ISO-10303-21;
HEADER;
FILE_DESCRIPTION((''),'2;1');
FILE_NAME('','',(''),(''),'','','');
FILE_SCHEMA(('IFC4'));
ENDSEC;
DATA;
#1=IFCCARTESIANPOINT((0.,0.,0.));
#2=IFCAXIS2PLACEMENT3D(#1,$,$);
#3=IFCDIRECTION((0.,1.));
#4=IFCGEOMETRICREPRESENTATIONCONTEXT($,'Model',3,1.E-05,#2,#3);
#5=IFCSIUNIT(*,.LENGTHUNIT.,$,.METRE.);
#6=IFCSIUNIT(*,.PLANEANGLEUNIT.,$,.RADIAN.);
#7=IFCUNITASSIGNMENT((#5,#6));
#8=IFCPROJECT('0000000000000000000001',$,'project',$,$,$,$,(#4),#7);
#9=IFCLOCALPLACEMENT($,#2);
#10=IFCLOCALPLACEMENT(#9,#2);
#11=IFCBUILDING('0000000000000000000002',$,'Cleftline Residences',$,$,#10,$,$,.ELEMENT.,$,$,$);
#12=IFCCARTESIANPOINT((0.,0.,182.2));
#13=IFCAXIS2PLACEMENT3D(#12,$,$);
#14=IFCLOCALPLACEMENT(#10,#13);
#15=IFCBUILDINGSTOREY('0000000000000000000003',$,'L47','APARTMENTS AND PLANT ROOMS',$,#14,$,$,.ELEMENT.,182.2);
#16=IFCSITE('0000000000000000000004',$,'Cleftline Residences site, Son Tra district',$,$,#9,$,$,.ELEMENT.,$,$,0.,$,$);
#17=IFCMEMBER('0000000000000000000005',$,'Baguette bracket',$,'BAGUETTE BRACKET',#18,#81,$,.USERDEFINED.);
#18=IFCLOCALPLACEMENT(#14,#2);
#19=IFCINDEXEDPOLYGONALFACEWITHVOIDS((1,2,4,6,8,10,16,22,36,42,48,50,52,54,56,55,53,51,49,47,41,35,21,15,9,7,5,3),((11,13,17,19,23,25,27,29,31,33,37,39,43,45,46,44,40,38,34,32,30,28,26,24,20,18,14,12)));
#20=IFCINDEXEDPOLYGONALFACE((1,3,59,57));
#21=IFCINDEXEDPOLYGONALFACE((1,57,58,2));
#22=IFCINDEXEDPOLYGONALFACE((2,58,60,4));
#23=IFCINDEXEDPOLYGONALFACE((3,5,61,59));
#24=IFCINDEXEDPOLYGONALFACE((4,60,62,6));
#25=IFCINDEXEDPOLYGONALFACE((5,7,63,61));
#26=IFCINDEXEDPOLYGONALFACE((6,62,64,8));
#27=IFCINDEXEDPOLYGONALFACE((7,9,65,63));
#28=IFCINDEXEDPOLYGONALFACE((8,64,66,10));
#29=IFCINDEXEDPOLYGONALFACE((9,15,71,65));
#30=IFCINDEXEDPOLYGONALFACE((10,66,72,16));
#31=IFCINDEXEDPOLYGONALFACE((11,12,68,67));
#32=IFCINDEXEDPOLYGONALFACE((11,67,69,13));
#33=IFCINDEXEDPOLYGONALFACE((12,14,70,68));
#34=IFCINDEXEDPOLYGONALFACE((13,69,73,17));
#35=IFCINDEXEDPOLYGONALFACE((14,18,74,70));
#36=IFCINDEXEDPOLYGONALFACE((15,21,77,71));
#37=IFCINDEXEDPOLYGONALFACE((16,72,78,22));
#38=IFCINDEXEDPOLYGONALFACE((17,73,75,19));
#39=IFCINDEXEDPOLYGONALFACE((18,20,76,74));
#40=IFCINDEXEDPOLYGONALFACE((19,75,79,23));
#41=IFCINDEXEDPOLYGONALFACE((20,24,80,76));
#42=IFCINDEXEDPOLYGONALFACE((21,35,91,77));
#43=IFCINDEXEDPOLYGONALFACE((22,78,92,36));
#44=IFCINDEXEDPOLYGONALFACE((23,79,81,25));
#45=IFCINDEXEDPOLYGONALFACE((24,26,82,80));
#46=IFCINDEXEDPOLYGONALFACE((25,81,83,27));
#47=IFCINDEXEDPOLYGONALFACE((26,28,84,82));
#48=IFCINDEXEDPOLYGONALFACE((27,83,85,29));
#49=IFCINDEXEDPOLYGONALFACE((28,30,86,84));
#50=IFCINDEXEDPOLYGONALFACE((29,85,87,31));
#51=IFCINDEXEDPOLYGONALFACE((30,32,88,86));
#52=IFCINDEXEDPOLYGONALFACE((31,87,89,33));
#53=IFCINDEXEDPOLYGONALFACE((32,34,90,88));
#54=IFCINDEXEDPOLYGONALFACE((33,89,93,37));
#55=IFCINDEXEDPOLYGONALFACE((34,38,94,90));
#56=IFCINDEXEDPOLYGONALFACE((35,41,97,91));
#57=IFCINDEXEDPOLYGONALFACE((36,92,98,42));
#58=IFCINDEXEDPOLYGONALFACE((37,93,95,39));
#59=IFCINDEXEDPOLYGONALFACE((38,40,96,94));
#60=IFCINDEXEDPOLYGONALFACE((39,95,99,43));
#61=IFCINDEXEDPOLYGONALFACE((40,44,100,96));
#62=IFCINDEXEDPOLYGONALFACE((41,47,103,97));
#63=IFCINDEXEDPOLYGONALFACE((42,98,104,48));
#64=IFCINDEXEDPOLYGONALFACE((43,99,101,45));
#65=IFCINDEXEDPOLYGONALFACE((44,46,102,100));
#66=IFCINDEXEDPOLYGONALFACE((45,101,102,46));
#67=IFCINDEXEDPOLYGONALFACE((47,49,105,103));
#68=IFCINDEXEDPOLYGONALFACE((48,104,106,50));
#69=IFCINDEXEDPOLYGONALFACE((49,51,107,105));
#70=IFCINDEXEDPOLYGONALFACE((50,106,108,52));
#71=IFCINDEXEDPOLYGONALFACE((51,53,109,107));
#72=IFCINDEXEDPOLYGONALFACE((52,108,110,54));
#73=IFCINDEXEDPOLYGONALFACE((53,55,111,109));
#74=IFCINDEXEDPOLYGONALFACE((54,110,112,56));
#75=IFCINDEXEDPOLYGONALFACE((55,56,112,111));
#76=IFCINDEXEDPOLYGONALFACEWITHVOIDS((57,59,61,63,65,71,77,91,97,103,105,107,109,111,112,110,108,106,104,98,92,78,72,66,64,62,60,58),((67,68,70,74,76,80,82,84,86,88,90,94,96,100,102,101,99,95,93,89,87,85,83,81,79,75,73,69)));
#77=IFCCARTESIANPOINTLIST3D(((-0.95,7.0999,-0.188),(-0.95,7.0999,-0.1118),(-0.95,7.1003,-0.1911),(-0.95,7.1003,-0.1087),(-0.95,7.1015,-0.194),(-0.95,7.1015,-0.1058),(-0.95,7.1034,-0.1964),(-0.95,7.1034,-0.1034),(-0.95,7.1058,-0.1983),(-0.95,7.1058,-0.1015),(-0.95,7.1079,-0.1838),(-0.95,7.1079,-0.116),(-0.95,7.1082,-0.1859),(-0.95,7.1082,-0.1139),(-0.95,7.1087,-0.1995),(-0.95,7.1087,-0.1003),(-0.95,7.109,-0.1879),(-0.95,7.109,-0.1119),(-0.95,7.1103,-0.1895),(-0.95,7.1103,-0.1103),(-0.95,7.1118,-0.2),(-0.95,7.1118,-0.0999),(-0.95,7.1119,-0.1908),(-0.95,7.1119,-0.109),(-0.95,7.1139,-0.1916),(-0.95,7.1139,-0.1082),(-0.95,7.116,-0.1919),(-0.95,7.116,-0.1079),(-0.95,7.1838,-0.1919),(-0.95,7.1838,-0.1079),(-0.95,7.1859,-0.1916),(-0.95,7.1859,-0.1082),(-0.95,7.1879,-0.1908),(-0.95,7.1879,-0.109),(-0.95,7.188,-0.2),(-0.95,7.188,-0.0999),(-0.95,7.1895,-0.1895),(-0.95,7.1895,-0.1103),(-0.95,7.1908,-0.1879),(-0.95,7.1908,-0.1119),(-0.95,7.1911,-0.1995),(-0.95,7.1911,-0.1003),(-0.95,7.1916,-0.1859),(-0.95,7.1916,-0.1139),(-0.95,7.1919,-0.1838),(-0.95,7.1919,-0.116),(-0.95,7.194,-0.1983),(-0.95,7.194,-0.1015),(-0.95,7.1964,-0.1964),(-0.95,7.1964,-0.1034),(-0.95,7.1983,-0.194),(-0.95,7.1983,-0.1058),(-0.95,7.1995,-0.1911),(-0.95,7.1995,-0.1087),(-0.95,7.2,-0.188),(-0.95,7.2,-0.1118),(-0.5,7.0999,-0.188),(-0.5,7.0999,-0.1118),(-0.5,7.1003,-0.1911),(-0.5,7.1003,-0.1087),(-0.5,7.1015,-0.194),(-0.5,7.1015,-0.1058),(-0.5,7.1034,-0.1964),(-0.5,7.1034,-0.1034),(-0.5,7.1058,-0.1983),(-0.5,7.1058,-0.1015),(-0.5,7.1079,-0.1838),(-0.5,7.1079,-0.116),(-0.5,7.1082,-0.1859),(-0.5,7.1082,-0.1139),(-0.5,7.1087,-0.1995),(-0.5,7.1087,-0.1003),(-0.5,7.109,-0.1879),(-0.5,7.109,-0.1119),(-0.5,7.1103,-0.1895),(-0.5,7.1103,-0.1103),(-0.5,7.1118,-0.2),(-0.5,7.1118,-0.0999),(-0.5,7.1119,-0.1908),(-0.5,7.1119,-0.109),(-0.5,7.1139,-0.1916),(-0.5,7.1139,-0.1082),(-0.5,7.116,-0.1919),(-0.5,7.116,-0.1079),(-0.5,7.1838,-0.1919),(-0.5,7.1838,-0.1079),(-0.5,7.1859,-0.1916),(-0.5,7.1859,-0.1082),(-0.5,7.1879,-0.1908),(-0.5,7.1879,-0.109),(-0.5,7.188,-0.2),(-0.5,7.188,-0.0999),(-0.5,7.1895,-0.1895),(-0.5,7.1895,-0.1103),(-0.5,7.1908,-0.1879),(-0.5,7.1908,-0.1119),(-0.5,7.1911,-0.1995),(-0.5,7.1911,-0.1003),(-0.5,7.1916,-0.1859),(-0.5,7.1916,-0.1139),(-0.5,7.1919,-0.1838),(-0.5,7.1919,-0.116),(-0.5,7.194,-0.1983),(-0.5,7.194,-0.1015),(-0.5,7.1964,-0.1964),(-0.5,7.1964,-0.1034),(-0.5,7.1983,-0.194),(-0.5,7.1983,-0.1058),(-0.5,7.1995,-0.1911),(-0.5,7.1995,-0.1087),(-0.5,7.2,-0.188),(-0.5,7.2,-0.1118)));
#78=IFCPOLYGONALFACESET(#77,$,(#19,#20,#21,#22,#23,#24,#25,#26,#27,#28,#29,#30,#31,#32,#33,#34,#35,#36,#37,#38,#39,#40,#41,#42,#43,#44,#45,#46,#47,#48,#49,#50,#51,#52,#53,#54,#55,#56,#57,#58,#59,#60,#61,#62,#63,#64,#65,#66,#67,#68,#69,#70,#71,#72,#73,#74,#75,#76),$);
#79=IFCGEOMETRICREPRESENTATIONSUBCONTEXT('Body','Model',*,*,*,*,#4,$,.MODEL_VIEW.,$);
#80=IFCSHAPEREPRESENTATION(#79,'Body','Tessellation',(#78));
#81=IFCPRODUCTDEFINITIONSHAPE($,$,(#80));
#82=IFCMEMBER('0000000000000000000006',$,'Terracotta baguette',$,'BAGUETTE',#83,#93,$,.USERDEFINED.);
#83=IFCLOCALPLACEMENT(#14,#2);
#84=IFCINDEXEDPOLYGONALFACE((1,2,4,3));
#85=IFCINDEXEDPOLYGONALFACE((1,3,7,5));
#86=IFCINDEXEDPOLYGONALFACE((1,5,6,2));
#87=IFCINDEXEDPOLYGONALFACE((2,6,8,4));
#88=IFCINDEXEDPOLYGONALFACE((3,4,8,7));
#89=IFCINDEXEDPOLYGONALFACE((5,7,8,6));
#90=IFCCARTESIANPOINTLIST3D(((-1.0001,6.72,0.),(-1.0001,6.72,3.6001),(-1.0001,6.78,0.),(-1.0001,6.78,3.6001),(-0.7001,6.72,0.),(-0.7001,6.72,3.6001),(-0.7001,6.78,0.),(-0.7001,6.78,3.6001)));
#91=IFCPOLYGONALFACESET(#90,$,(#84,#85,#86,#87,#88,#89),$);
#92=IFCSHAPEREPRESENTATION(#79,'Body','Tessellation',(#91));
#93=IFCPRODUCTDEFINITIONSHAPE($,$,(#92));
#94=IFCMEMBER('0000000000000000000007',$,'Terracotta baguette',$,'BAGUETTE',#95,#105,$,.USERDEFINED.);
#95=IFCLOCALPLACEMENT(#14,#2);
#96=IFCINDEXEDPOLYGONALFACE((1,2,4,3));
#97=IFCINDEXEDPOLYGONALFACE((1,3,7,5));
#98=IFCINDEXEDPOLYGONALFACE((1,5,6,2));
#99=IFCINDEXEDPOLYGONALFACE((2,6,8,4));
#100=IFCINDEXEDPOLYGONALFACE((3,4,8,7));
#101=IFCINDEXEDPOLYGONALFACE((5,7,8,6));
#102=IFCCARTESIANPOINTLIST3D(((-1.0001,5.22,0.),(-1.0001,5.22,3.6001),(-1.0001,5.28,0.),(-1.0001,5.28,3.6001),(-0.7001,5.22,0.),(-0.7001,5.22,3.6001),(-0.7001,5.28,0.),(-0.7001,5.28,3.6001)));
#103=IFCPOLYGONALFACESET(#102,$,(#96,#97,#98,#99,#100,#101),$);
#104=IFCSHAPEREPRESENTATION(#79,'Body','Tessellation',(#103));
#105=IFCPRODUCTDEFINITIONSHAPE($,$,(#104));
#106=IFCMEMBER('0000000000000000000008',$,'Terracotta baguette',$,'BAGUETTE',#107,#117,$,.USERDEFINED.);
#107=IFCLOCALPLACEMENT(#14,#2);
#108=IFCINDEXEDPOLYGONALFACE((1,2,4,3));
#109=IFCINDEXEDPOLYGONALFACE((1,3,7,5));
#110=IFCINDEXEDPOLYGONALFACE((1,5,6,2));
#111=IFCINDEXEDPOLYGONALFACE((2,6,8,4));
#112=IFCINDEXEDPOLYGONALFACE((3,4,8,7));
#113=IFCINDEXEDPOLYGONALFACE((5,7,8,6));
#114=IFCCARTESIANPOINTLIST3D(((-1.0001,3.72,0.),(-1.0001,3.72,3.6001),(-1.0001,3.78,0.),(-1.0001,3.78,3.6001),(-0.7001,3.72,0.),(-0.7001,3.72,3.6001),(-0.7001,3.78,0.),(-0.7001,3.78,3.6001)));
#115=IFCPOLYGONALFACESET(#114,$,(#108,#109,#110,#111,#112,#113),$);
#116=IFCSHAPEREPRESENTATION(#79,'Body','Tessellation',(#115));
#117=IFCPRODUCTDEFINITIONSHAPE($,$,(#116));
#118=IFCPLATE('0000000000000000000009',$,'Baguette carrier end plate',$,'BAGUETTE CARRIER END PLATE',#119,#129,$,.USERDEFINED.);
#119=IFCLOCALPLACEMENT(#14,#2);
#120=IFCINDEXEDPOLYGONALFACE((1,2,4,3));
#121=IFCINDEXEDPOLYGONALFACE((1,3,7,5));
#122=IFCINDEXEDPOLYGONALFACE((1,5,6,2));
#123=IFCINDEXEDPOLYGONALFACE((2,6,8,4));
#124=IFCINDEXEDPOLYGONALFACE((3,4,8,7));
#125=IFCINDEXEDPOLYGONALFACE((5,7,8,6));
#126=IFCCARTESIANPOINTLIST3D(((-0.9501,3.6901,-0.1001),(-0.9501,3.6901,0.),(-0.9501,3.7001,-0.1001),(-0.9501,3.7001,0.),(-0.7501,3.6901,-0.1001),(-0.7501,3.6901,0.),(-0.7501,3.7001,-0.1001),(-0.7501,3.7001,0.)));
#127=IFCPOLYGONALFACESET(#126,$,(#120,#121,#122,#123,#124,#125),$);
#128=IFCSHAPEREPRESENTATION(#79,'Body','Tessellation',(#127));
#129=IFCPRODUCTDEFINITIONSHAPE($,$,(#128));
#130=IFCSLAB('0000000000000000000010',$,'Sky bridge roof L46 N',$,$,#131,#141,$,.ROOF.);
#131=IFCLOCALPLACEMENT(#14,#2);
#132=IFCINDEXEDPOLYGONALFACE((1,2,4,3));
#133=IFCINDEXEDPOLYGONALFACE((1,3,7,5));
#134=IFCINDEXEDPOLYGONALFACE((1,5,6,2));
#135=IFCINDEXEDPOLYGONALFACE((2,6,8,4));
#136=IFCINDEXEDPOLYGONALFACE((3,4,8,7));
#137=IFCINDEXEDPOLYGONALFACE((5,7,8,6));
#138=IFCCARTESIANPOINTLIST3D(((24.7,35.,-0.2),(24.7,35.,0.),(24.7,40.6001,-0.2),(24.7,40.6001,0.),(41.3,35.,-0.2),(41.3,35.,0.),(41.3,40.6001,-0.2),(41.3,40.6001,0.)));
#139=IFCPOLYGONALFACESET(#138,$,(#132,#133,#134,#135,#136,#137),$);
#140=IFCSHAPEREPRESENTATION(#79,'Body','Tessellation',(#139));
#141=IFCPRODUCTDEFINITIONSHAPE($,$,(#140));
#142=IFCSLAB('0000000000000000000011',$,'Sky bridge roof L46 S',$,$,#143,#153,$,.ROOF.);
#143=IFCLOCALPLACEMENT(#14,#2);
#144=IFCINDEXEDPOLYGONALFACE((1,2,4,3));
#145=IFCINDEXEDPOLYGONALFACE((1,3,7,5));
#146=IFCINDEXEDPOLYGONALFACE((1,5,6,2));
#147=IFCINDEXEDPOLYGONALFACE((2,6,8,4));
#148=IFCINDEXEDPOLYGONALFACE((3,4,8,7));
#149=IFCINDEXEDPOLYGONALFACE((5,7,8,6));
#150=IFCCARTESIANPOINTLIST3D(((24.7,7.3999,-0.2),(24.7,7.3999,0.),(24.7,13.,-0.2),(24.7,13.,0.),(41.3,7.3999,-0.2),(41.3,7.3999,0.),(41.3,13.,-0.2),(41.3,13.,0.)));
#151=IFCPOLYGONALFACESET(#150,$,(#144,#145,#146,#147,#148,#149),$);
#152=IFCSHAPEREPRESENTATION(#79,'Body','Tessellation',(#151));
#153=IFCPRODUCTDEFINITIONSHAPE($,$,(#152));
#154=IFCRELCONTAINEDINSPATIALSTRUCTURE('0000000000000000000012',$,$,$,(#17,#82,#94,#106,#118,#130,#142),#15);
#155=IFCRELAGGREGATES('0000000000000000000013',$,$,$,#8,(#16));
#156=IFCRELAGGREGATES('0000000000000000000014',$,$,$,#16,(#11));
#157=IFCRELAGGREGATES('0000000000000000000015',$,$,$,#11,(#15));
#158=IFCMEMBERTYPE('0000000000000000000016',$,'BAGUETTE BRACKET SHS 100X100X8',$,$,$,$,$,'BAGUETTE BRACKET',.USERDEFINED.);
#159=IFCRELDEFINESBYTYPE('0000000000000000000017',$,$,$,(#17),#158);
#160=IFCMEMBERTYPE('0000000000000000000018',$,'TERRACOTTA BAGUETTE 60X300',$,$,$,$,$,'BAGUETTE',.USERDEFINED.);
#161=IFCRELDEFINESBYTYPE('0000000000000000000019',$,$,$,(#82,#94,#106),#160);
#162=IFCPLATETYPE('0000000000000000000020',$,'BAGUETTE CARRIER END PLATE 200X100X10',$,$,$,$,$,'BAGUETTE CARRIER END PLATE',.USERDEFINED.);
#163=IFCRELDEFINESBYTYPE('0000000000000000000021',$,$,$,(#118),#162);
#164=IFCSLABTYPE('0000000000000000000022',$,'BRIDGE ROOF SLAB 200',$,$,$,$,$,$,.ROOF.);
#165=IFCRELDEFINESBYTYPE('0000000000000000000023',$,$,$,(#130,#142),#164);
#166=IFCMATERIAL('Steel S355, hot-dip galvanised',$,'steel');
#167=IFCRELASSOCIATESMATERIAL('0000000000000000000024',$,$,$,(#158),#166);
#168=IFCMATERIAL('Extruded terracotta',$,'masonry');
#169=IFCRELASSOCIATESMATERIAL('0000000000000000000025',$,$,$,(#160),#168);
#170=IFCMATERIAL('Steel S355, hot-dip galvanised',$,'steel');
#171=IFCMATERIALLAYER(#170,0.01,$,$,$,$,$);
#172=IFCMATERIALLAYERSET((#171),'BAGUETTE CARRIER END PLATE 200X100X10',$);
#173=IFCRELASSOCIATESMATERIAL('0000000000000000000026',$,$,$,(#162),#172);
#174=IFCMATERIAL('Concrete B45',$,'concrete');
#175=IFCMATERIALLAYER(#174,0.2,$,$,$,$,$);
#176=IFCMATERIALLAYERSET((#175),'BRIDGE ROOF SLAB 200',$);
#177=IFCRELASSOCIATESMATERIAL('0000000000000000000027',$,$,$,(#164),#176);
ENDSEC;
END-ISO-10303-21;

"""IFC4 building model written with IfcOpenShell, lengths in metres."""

from ifc_helpers import new_model, si_unit, direction, frame, origin, origin_2d, place, context, subcontext, project, spatial, polyline, rectangle, hollow_rectangle, outline, extrude, material, layer, layer_set, material_profile, profile_set, type_object, element, save


model = new_model("IFC4")

# Units and contexts
model_context = context("Model", 3, precision=1e-05, world=origin(), true_north=direction((0.0, 1.0)))
body_context = subcontext(model_context, "Body", "Model", "MODEL_VIEW")
ifc_project = project(units=[si_unit("LENGTHUNIT", "METRE"), si_unit("PLANEANGLEUNIT", "RADIAN")], contexts=[model_context])

# Site, building, storey
site_placement = place(None, origin())
site = spatial("IfcSite", under=ifc_project, at=site_placement, Name="Cleftline Residences site, Son Tra district", CompositionType="ELEMENT", RefElevation=0.0)
building_placement = place(site_placement, origin())
building = spatial("IfcBuilding", under=site, at=building_placement, Name="Cleftline Residences", CompositionType="ELEMENT")
storey_placement = place(building_placement, frame((0.0, 0.0, 182.2)))
storey = spatial("IfcBuildingStorey", under=building, at=storey_placement, Name="L47", Description="APARTMENTS AND PLANT ROOMS", CompositionType="ELEMENT", Elevation=182.2)

# Members
ifc_material_1 = material(Name="Steel S355, hot-dip galvanised", Category="steel")
ifc_material_profile_1 = material_profile(ifc_material_1, hollow_rectangle(XDim=0.1001, YDim=0.1001, WallThickness=0.0081, InnerFilletRadius=0.0081, OuterFilletRadius=0.012, at=origin_2d()))
ifc_profile_set_1 = profile_set([ifc_material_profile_1], Name="Steel S355, hot-dip galvanised")
member_type_1 = type_object("IfcMemberType", Name="BAGUETTE BRACKET SHS 100X100X8", ElementType="BAGUETTE BRACKET", PredefinedType="USERDEFINED", material=ifc_profile_set_1)
member_placement = place(storey_placement, frame((-0.5, 7.1499, -0.1499), z_axis=(-1.0, 0.0, 0.0), x_axis=(0.0, -1.0, 0.0)))
element("IfcMember", 1, at=member_placement, inside=storey, type_object=member_type_1, Name="Baguette bracket", ObjectType="BAGUETTE BRACKET", PredefinedType="USERDEFINED", context=body_context, shape_type="SweptSolid", body=[
    extrude(hollow_rectangle(XDim=0.1001, YDim=0.1001, WallThickness=0.0081, InnerFilletRadius=0.0081, OuterFilletRadius=0.012, at=origin_2d()), origin(), (0.0, 0.0, 1.0), 0.45),
])
ifc_material_2 = material(Name="Extruded terracotta", Category="masonry")
ifc_material_profile_2 = material_profile(ifc_material_2, rectangle(XDim=0.0601, YDim=0.3, at=origin_2d()))
ifc_profile_set_2 = profile_set([ifc_material_profile_2], Name="Extruded terracotta")
member_type_2 = type_object("IfcMemberType", Name="TERRACOTTA BAGUETTE 60X300", ElementType="BAGUETTE", PredefinedType="USERDEFINED", material=ifc_profile_set_2)
for number, where, z_axis, x_axis, name in (
    (2, (-0.8501, 6.75, 0.0), (0.0, 0.0, 1.0), (0.0, 1.0, 0.0), "Terracotta baguette"),
    (3, (-0.8501, 5.25, 0.0), (0.0, 0.0, 1.0), (0.0, 1.0, 0.0), "Terracotta baguette"),
    (4, (-0.8501, 3.75, 0.0), (0.0, 0.0, 1.0), (0.0, 1.0, 0.0), "Terracotta baguette"),
):
    element("IfcMember", number, at=place(storey_placement, frame(where, z_axis=z_axis, x_axis=x_axis)), inside=storey, type_object=member_type_2, Name=name, ObjectType="BAGUETTE", PredefinedType="USERDEFINED", context=body_context, shape_type="SweptSolid", body=[
        extrude(rectangle(XDim=0.0601, YDim=0.3, at=origin_2d()), origin(), (0.0, 0.0, 1.0), 3.6001),
    ])

# Plate
ifc_material_3 = material(Name="Steel S355, hot-dip galvanised", Category="steel")
ifc_layer_1 = layer(ifc_material_3, 0.01)
ifc_layer_set_1 = layer_set([ifc_layer_1], Name="BAGUETTE CARRIER END PLATE 200X100X10")
plate_type = type_object("IfcPlateType", Name="BAGUETTE CARRIER END PLATE 200X100X10", ElementType="BAGUETTE CARRIER END PLATE", PredefinedType="USERDEFINED", material=ifc_layer_set_1)
plate_placement = place(storey_placement, frame((-0.8501, 3.6951, -0.1001), z_axis=(0.0, 0.0, 1.0), x_axis=(-1.0, 0.0, 0.0)))
element("IfcPlate", 5, at=plate_placement, inside=storey, type_object=plate_type, Name="Baguette carrier end plate", ObjectType="BAGUETTE CARRIER END PLATE", PredefinedType="USERDEFINED", context=body_context, shape_type="SweptSolid", body=[
    extrude(rectangle(XDim=0.2, YDim=0.01, at=origin_2d()), origin(), (0.0, 0.0, 1.0), 0.1001),
])

# Slabs
ifc_material_4 = material(Name="Concrete B45", Category="concrete")
ifc_layer_2 = layer(ifc_material_4, 0.2)
ifc_layer_set_2 = layer_set([ifc_layer_2], Name="BRIDGE ROOF SLAB 200")
slab_type_1 = type_object("IfcSlabType", Name="BRIDGE ROOF SLAB 200", PredefinedType="ROOF", material=ifc_layer_set_2)
slab_1_placement = place(storey_placement, frame((0.0, 0.0, -0.2)))
element("IfcSlab", 6, at=slab_1_placement, inside=storey, type_object=slab_type_1, Name="Sky bridge roof L46 N", PredefinedType="ROOF", context=body_context, shape_type="SweptSolid", body=[
    extrude(outline(polyline([(41.3, 35.0), (41.3, 40.6001), (24.7, 40.6001), (24.7, 35.0), (41.3, 35.0)])), origin(), (0.0, 0.0, 1.0), 0.2),
])
slab_2_placement = place(storey_placement, frame((0.0, 0.0, -0.2)))
element("IfcSlab", 7, at=slab_2_placement, inside=storey, type_object=slab_type_1, Name="Sky bridge roof L46 S", PredefinedType="ROOF", context=body_context, shape_type="SweptSolid", body=[
    extrude(outline(polyline([(41.3, 7.3999), (41.3, 13.0), (24.7, 13.0), (24.7, 7.3999), (41.3, 7.3999)])), origin(), (0.0, 0.0, 1.0), 0.2),
])

save(model, "model.ifc")
